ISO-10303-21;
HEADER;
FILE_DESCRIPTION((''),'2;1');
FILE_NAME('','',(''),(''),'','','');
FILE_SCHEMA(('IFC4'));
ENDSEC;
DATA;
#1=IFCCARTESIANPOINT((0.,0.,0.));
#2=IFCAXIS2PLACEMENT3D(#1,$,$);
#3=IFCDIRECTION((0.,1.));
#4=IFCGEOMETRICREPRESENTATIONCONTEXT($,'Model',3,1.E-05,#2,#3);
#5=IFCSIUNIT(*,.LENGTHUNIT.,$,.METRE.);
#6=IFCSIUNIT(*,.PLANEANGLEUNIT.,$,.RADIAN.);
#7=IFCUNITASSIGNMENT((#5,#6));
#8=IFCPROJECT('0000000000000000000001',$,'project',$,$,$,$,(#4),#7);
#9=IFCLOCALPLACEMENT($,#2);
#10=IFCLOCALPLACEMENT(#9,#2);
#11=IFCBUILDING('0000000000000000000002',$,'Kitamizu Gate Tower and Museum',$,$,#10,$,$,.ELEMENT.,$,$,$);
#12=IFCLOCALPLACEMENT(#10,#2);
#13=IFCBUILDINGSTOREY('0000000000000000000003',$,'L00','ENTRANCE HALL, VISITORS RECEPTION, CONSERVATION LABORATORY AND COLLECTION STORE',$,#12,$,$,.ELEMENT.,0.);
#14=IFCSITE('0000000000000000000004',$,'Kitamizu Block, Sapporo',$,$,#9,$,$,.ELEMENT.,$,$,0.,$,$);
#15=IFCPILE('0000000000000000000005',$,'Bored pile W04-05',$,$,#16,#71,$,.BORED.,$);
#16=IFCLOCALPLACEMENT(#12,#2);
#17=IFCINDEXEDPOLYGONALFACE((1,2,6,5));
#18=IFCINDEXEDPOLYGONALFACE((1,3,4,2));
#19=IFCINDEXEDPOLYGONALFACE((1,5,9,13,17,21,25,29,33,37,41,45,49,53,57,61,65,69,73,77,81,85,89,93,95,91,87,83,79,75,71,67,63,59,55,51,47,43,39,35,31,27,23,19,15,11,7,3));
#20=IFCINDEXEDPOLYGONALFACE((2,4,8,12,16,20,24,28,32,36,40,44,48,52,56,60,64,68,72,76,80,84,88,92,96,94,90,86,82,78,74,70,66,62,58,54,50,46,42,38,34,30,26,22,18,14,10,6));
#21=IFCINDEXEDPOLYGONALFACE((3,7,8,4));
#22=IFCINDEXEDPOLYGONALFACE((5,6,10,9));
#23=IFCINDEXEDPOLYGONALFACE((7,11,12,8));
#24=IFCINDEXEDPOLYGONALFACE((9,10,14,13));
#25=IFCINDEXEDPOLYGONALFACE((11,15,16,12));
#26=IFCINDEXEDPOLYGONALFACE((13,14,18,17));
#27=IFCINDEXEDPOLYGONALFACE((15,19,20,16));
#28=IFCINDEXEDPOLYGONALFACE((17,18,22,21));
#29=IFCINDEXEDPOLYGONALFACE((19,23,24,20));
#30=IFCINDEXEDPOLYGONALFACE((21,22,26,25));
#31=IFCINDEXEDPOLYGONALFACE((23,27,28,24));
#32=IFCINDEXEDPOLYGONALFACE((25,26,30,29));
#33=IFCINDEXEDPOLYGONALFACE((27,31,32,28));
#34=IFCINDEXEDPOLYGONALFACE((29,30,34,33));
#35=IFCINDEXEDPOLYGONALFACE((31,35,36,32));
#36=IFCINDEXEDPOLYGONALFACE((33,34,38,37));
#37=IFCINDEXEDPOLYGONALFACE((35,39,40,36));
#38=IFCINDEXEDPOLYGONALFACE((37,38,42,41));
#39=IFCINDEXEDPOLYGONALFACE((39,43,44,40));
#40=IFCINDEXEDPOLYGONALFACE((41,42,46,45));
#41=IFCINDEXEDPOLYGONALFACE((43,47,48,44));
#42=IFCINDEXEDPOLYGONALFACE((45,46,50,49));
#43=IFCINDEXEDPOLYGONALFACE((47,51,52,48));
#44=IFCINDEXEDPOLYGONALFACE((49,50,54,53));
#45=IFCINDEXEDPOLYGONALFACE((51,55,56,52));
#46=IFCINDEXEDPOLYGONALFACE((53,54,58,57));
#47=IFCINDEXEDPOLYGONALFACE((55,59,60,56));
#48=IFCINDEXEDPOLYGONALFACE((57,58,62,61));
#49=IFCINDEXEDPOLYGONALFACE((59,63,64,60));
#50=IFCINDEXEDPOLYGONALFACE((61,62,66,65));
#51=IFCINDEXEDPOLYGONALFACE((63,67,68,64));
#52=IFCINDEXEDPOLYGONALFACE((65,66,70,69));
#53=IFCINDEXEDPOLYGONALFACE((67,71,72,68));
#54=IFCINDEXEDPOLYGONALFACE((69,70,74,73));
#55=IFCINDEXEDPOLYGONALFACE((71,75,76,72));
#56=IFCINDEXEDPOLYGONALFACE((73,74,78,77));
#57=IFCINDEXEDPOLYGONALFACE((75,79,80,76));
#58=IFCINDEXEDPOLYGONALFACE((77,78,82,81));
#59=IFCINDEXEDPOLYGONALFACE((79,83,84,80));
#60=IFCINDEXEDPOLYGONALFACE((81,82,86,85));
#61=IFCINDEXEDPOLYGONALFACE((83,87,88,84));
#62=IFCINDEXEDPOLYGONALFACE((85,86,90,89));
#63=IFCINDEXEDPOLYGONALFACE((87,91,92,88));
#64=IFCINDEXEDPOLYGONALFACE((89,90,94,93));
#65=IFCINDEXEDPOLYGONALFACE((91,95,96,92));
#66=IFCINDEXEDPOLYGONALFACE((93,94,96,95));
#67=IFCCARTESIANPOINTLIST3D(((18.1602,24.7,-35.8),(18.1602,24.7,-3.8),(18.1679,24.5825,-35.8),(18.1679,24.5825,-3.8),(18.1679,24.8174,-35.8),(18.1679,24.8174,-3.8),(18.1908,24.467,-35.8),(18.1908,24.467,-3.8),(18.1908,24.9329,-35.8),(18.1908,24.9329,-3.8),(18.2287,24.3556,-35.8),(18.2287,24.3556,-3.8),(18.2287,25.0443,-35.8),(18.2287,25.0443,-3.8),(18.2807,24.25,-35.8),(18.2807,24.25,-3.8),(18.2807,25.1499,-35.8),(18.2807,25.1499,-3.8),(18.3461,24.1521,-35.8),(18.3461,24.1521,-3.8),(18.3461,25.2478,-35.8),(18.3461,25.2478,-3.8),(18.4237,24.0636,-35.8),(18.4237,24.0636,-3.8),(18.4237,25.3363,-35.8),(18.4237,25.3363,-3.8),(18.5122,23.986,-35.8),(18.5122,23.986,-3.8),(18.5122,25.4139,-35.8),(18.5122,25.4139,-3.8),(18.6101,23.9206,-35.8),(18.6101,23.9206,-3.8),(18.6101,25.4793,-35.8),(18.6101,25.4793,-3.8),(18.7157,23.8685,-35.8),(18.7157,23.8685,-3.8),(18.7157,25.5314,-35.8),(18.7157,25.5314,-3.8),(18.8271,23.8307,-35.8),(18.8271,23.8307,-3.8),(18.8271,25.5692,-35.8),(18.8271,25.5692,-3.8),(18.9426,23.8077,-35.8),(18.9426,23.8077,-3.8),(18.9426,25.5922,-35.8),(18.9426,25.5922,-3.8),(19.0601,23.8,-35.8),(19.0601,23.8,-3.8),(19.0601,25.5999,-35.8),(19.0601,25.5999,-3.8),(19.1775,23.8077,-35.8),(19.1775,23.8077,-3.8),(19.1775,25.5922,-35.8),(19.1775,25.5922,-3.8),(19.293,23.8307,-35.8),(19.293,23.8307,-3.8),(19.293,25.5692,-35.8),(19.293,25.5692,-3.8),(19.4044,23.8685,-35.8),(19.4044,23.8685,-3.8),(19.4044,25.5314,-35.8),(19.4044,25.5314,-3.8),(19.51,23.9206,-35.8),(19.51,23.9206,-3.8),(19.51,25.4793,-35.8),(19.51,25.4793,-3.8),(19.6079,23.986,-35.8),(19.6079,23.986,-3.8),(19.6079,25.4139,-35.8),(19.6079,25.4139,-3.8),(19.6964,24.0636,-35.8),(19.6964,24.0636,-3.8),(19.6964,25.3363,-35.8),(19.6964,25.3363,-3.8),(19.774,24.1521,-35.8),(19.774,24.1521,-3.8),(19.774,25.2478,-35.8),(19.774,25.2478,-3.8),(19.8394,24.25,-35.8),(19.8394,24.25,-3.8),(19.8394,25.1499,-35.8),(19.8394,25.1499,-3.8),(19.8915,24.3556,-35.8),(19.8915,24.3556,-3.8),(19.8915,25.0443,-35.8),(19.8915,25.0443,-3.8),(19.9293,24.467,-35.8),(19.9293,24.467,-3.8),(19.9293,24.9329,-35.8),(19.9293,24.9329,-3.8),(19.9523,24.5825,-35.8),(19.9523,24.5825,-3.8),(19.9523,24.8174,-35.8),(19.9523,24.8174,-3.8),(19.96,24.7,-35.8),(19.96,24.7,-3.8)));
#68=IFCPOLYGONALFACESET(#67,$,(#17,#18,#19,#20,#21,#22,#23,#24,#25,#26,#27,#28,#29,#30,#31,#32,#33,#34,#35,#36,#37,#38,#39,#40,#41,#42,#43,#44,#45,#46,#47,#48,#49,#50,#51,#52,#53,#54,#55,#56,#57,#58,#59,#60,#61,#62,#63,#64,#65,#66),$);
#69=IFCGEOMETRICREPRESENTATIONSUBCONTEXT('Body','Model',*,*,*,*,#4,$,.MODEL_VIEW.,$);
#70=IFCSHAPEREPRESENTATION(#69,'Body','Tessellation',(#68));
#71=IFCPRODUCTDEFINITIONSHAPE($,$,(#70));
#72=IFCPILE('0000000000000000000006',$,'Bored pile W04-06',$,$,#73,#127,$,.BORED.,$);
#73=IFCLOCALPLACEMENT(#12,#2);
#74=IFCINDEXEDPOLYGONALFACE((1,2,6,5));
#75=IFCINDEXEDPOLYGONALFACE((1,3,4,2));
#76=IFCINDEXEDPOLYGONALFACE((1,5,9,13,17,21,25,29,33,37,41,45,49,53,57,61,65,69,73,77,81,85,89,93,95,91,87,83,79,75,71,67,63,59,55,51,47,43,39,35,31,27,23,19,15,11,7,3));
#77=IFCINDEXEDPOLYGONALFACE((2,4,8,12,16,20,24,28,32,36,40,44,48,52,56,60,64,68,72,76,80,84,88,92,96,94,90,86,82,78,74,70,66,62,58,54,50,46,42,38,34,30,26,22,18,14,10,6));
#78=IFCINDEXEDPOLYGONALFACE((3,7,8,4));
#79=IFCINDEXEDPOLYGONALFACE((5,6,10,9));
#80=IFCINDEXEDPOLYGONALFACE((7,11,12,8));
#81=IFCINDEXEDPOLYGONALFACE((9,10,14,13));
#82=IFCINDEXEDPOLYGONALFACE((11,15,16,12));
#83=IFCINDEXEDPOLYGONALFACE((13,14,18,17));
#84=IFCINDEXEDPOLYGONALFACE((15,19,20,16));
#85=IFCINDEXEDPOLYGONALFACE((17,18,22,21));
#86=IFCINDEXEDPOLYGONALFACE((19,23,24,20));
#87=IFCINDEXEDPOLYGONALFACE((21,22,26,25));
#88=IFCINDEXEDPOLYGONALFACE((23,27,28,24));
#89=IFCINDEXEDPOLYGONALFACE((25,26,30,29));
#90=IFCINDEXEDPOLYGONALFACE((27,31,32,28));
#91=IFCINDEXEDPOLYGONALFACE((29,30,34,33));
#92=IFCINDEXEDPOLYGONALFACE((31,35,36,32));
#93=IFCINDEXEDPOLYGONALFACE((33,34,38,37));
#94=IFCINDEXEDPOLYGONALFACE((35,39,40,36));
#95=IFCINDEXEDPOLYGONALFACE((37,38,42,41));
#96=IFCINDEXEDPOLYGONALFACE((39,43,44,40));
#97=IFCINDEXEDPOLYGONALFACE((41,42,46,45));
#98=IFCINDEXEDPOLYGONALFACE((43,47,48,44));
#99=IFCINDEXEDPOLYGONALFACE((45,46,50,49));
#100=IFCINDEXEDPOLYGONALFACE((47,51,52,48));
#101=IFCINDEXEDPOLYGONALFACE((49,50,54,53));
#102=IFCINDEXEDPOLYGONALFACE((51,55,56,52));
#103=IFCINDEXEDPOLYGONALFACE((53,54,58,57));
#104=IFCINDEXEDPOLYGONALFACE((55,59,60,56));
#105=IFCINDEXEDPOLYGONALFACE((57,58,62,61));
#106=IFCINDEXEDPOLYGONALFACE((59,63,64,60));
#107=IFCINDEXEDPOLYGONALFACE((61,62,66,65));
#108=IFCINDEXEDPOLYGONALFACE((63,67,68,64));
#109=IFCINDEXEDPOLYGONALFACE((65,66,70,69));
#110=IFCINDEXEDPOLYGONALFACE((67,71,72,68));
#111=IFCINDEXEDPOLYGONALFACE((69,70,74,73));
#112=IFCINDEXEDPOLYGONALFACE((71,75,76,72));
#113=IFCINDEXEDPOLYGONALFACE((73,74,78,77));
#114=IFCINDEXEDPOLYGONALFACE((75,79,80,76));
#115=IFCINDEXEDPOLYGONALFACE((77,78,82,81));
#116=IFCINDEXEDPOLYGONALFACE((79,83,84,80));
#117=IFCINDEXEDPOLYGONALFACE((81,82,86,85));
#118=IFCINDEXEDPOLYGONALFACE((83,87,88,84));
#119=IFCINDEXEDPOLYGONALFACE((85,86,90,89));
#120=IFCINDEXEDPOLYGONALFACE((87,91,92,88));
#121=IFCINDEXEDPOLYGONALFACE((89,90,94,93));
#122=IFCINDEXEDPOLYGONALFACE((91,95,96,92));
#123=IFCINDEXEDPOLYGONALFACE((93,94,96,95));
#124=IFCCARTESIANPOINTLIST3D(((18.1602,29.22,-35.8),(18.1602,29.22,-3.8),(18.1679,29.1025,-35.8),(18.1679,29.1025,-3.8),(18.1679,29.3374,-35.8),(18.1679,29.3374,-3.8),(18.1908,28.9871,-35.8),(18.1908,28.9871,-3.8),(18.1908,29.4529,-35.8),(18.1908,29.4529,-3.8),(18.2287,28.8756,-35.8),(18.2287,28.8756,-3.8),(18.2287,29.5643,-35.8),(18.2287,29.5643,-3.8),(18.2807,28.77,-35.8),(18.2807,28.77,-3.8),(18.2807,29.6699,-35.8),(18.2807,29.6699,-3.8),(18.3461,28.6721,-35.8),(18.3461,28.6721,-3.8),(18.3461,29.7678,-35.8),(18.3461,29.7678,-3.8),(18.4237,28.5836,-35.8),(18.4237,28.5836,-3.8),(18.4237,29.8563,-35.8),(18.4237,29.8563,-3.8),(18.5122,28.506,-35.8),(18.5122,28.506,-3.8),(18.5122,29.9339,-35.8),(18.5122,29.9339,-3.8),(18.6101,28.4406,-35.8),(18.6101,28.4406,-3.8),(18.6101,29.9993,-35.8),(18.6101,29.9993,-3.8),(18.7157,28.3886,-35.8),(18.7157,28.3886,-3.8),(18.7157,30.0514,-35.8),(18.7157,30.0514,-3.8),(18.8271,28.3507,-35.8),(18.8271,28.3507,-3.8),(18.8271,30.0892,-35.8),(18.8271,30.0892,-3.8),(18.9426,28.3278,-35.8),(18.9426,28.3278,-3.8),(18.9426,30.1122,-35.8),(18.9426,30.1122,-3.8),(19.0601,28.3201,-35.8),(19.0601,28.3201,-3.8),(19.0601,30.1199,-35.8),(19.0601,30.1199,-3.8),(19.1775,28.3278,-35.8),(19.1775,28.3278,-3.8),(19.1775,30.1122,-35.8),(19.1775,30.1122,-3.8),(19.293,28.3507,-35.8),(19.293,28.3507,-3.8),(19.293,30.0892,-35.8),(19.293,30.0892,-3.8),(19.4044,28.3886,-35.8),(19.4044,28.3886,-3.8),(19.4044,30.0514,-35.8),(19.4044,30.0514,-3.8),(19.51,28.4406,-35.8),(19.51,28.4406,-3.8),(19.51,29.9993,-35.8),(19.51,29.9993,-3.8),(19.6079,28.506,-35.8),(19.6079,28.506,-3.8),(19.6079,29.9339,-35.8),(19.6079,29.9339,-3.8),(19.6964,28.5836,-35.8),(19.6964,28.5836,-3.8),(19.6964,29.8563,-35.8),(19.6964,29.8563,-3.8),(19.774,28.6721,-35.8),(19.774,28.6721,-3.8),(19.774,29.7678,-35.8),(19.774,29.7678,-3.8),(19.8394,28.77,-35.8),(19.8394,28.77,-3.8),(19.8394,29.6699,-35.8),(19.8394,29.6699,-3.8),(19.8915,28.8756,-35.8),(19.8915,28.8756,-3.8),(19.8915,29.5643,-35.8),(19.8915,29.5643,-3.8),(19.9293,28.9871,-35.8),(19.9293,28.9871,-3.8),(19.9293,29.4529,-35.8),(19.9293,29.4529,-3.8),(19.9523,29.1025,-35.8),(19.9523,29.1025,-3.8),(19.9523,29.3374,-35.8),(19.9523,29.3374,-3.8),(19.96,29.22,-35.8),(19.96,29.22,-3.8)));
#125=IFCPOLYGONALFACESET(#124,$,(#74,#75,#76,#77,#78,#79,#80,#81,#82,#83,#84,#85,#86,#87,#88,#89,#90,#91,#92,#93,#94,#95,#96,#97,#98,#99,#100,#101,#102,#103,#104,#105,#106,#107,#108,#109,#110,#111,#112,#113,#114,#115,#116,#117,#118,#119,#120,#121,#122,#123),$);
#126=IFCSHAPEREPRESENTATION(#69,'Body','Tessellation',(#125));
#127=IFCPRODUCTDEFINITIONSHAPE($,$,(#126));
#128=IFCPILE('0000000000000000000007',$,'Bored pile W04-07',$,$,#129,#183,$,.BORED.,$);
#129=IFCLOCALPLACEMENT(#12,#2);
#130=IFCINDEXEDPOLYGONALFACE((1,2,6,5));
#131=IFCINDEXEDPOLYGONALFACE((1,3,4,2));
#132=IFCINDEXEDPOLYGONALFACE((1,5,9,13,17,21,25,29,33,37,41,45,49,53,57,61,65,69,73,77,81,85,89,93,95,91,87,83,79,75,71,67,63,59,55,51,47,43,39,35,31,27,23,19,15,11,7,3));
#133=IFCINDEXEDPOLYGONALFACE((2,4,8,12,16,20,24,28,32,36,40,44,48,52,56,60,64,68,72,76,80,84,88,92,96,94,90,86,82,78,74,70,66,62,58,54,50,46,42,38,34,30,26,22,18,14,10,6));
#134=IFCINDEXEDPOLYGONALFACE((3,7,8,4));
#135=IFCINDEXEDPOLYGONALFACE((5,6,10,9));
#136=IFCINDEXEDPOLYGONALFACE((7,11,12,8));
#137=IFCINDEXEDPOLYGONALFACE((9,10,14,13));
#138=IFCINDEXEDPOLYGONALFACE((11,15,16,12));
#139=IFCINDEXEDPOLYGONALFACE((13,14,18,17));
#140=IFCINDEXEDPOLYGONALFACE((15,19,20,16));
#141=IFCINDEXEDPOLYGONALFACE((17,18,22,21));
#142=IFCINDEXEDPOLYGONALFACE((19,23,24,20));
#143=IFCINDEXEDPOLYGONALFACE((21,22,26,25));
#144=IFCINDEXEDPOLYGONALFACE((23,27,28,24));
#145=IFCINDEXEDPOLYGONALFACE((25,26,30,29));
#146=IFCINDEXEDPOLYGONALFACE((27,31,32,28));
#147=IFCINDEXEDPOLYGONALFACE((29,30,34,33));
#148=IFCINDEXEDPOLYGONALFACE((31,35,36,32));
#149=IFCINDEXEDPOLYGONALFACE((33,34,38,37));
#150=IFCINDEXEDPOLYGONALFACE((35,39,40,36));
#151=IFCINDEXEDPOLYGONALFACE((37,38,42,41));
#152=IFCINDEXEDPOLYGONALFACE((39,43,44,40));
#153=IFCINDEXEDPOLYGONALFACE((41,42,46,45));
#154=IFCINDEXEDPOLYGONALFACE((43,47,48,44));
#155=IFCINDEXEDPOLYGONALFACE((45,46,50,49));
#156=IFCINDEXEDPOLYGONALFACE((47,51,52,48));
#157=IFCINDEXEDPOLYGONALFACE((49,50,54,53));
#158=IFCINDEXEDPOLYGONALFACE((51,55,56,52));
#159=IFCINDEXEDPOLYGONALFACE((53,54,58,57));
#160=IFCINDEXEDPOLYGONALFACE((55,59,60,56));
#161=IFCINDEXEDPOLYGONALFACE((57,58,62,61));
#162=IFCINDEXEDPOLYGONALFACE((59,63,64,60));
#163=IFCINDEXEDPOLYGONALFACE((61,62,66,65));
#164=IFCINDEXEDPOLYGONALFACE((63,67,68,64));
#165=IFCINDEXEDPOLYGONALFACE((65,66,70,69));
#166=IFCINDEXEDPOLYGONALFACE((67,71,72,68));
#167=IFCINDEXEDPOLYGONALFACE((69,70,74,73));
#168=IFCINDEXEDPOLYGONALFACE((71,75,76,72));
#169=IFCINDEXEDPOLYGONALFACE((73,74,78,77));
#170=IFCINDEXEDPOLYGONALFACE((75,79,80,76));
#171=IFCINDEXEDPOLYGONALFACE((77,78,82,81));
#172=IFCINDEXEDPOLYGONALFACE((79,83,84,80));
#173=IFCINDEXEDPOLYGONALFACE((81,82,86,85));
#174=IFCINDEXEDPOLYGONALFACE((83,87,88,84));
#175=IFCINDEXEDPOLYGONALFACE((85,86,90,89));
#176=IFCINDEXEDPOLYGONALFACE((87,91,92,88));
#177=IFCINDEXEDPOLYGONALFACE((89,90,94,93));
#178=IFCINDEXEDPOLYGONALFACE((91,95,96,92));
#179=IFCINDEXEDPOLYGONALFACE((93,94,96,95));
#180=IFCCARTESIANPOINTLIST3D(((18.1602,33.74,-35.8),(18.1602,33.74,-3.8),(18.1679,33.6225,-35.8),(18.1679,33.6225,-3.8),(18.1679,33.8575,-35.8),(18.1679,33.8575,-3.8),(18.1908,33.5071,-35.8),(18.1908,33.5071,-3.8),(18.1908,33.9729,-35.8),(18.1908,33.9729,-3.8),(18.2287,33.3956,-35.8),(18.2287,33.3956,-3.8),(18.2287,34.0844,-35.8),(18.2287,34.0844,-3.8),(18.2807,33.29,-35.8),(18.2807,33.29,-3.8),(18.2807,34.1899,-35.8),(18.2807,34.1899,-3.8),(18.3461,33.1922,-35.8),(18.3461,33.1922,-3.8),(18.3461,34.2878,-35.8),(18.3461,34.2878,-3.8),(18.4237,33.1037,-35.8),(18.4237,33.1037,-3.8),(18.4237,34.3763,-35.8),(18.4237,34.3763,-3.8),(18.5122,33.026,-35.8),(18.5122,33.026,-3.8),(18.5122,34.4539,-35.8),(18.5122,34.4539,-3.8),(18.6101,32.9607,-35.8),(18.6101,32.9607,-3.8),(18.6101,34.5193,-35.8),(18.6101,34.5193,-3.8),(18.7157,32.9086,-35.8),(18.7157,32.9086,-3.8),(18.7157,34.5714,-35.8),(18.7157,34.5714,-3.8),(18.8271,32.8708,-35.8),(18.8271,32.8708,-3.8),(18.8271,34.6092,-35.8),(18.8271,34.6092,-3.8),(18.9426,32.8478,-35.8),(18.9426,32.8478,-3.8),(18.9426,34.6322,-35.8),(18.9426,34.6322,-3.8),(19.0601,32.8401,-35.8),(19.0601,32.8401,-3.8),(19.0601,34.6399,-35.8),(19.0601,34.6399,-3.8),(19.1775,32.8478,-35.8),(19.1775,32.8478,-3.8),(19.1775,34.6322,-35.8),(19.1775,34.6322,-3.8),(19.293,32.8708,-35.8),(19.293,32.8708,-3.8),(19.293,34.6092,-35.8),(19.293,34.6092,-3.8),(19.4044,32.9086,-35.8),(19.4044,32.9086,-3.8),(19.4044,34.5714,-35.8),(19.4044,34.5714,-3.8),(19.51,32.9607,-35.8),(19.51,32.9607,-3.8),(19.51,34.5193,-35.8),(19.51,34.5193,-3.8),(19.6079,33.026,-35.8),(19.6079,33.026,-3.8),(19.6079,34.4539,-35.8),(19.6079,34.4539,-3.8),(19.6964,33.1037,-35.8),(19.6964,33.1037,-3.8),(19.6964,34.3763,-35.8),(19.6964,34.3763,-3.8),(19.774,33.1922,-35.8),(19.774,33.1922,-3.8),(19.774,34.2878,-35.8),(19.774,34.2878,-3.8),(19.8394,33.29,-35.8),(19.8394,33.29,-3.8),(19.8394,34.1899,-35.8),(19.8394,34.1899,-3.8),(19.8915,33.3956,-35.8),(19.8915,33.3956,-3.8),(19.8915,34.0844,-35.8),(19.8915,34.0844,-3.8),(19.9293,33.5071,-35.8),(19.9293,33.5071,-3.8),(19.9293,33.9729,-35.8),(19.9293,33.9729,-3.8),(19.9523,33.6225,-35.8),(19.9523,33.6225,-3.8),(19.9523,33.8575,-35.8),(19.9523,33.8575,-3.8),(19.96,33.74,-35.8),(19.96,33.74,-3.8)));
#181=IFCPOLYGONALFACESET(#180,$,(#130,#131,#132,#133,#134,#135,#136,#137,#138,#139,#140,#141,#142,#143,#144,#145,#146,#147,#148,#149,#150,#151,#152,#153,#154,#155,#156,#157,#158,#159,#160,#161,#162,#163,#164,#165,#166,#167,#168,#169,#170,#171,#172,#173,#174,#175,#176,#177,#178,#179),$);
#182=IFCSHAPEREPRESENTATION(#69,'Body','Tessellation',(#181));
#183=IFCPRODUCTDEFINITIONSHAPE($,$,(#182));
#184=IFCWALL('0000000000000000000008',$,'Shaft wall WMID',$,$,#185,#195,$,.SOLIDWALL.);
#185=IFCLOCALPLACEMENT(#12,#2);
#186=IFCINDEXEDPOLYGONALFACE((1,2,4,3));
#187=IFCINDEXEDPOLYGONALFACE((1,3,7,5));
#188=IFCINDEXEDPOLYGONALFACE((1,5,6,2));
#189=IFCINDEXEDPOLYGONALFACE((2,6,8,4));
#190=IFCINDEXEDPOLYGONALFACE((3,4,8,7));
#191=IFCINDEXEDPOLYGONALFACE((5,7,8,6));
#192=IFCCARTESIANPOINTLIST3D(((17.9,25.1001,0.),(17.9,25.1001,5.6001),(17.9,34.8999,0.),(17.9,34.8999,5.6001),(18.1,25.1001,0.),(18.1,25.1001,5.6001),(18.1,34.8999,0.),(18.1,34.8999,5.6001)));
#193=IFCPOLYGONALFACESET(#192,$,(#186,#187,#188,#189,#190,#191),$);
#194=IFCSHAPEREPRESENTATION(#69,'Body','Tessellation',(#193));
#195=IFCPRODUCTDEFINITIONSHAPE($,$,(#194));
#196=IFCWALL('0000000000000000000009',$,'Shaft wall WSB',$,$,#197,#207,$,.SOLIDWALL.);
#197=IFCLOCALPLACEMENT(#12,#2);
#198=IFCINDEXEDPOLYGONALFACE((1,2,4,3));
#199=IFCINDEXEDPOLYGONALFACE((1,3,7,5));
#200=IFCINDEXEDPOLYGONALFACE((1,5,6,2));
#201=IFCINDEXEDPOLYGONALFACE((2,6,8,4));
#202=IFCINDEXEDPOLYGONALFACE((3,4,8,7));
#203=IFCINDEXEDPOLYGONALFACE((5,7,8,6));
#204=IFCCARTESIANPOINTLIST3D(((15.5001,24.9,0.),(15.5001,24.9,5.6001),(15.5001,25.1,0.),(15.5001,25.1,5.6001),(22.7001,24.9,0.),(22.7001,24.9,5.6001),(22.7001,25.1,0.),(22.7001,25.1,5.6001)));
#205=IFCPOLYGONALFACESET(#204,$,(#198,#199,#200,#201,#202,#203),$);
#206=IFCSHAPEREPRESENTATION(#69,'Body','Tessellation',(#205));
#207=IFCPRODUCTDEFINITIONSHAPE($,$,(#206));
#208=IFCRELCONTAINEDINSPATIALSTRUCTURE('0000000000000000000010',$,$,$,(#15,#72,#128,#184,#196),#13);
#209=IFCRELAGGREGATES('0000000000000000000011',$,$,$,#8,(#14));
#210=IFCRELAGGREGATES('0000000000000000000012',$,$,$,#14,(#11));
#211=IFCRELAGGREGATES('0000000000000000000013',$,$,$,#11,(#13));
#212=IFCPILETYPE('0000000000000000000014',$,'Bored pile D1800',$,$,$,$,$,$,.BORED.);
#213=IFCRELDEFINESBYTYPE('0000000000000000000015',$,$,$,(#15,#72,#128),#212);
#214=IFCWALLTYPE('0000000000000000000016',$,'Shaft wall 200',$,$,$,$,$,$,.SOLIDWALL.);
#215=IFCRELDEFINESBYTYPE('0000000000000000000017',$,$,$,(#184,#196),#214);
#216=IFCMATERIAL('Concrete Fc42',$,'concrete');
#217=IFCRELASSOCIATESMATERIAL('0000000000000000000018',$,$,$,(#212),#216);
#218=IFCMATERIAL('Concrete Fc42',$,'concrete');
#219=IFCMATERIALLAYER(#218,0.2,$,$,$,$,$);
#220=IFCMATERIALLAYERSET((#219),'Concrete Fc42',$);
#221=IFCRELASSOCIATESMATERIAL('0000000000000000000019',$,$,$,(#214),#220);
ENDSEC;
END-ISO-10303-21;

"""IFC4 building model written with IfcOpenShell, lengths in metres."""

from ifc_helpers import new_model, si_unit, direction, frame, frame_2d, origin, origin_2d, place, context, subcontext, project, spatial, rectangle, circle, extrude, material, layer, layer_set, material_profile, profile_set, type_object, element, save


model = new_model("IFC4")

# Units and contexts
model_context = context("Model", 3, precision=1e-05, world=origin(), true_north=direction((0.0, 1.0)))
body_context = subcontext(model_context, "Body", "Model", "MODEL_VIEW")
ifc_project = project(units=[si_unit("LENGTHUNIT", "METRE"), si_unit("PLANEANGLEUNIT", "RADIAN")], contexts=[model_context])

# Site, building, storey
site_placement = place(None, origin())
site = spatial("IfcSite", under=ifc_project, at=site_placement, Name="Kitamizu Block, Sapporo", CompositionType="ELEMENT", RefElevation=0.0)
building_placement = place(site_placement, origin())
building = spatial("IfcBuilding", under=site, at=building_placement, Name="Kitamizu Gate Tower and Museum", CompositionType="ELEMENT")
storey_placement = place(building_placement, origin())
storey = spatial("IfcBuildingStorey", under=building, at=storey_placement, Name="L00", Description="ENTRANCE HALL, VISITORS RECEPTION, CONSERVATION LABORATORY AND COLLECTION STORE", CompositionType="ELEMENT", Elevation=0.0)

# Piles
ifc_material_1 = material(Name="Concrete Fc42", Category="concrete")
ifc_material_profile = material_profile(ifc_material_1, circle(Radius=0.8999, at=origin_2d()), Name="Bored pile D1800")
ifc_profile_set = profile_set([ifc_material_profile], Name="Concrete Fc42")
pile_type = type_object("IfcPileType", Name="Bored pile D1800", PredefinedType="BORED", material=ifc_profile_set)
for number, where, z_axis, x_axis, name in (
    (1, (19.0601, 24.7, -3.8), (0.0, 0.0, -1.0), (1.0, 0.0, 0.0), "Bored pile W04-05"),
    (2, (19.0601, 29.22, -3.8), (0.0, 0.0, -1.0), (1.0, 0.0, 0.0), "Bored pile W04-06"),
    (3, (19.0601, 33.74, -3.8), (0.0, 0.0, -1.0), (1.0, 0.0, 0.0), "Bored pile W04-07"),
):
    element("IfcPile", number, at=place(storey_placement, frame(where, z_axis=z_axis, x_axis=x_axis)), inside=storey, type_object=pile_type, Name=name, PredefinedType="BORED", context=body_context, shape_type="SweptSolid", body=[
        extrude(circle(Radius=0.8999, at=origin_2d()), origin(), (0.0, 0.0, 1.0), 32.0),
    ])

# Walls
ifc_material_2 = material(Name="Concrete Fc42", Category="concrete")
ifc_layer = layer(ifc_material_2, 0.2)
ifc_layer_set = layer_set([ifc_layer], Name="Concrete Fc42")
wall_type = type_object("IfcWallType", Name="Shaft wall 200", PredefinedType="SOLIDWALL", material=ifc_layer_set)
wall_1_placement = place(storey_placement, frame((18.0, 25.1001, 0.0), z_axis=(0.0, 0.0, 1.0), x_axis=(0.0, 1.0, 0.0)))
element("IfcWall", 4, at=wall_1_placement, inside=storey, type_object=wall_type, Name="Shaft wall WMID", PredefinedType="SOLIDWALL", context=body_context, shape_type="SweptSolid", body=[
    extrude(rectangle(XDim=9.7998, YDim=0.2, at=frame_2d((4.8999, 0.0))), origin(), (0.0, 0.0, 1.0), 5.6001),
])
for number, where, z_axis, x_axis, name in (
    (5, (15.5, 25.0, 0.0), (0.0, 0.0, 1.0), (1.0, 0.0, 0.0), "Shaft wall WSB"),
):
    element("IfcWall", number, at=place(storey_placement, frame(where, z_axis=z_axis, x_axis=x_axis)), inside=storey, type_object=wall_type, Name=name, PredefinedType="SOLIDWALL", context=body_context, shape_type="SweptSolid", body=[
        extrude(rectangle(XDim=7.2, YDim=0.2, at=frame_2d((3.6001, 0.0))), origin(), (0.0, 0.0, 1.0), 5.6001),
    ])

save(model, "model.ifc")
